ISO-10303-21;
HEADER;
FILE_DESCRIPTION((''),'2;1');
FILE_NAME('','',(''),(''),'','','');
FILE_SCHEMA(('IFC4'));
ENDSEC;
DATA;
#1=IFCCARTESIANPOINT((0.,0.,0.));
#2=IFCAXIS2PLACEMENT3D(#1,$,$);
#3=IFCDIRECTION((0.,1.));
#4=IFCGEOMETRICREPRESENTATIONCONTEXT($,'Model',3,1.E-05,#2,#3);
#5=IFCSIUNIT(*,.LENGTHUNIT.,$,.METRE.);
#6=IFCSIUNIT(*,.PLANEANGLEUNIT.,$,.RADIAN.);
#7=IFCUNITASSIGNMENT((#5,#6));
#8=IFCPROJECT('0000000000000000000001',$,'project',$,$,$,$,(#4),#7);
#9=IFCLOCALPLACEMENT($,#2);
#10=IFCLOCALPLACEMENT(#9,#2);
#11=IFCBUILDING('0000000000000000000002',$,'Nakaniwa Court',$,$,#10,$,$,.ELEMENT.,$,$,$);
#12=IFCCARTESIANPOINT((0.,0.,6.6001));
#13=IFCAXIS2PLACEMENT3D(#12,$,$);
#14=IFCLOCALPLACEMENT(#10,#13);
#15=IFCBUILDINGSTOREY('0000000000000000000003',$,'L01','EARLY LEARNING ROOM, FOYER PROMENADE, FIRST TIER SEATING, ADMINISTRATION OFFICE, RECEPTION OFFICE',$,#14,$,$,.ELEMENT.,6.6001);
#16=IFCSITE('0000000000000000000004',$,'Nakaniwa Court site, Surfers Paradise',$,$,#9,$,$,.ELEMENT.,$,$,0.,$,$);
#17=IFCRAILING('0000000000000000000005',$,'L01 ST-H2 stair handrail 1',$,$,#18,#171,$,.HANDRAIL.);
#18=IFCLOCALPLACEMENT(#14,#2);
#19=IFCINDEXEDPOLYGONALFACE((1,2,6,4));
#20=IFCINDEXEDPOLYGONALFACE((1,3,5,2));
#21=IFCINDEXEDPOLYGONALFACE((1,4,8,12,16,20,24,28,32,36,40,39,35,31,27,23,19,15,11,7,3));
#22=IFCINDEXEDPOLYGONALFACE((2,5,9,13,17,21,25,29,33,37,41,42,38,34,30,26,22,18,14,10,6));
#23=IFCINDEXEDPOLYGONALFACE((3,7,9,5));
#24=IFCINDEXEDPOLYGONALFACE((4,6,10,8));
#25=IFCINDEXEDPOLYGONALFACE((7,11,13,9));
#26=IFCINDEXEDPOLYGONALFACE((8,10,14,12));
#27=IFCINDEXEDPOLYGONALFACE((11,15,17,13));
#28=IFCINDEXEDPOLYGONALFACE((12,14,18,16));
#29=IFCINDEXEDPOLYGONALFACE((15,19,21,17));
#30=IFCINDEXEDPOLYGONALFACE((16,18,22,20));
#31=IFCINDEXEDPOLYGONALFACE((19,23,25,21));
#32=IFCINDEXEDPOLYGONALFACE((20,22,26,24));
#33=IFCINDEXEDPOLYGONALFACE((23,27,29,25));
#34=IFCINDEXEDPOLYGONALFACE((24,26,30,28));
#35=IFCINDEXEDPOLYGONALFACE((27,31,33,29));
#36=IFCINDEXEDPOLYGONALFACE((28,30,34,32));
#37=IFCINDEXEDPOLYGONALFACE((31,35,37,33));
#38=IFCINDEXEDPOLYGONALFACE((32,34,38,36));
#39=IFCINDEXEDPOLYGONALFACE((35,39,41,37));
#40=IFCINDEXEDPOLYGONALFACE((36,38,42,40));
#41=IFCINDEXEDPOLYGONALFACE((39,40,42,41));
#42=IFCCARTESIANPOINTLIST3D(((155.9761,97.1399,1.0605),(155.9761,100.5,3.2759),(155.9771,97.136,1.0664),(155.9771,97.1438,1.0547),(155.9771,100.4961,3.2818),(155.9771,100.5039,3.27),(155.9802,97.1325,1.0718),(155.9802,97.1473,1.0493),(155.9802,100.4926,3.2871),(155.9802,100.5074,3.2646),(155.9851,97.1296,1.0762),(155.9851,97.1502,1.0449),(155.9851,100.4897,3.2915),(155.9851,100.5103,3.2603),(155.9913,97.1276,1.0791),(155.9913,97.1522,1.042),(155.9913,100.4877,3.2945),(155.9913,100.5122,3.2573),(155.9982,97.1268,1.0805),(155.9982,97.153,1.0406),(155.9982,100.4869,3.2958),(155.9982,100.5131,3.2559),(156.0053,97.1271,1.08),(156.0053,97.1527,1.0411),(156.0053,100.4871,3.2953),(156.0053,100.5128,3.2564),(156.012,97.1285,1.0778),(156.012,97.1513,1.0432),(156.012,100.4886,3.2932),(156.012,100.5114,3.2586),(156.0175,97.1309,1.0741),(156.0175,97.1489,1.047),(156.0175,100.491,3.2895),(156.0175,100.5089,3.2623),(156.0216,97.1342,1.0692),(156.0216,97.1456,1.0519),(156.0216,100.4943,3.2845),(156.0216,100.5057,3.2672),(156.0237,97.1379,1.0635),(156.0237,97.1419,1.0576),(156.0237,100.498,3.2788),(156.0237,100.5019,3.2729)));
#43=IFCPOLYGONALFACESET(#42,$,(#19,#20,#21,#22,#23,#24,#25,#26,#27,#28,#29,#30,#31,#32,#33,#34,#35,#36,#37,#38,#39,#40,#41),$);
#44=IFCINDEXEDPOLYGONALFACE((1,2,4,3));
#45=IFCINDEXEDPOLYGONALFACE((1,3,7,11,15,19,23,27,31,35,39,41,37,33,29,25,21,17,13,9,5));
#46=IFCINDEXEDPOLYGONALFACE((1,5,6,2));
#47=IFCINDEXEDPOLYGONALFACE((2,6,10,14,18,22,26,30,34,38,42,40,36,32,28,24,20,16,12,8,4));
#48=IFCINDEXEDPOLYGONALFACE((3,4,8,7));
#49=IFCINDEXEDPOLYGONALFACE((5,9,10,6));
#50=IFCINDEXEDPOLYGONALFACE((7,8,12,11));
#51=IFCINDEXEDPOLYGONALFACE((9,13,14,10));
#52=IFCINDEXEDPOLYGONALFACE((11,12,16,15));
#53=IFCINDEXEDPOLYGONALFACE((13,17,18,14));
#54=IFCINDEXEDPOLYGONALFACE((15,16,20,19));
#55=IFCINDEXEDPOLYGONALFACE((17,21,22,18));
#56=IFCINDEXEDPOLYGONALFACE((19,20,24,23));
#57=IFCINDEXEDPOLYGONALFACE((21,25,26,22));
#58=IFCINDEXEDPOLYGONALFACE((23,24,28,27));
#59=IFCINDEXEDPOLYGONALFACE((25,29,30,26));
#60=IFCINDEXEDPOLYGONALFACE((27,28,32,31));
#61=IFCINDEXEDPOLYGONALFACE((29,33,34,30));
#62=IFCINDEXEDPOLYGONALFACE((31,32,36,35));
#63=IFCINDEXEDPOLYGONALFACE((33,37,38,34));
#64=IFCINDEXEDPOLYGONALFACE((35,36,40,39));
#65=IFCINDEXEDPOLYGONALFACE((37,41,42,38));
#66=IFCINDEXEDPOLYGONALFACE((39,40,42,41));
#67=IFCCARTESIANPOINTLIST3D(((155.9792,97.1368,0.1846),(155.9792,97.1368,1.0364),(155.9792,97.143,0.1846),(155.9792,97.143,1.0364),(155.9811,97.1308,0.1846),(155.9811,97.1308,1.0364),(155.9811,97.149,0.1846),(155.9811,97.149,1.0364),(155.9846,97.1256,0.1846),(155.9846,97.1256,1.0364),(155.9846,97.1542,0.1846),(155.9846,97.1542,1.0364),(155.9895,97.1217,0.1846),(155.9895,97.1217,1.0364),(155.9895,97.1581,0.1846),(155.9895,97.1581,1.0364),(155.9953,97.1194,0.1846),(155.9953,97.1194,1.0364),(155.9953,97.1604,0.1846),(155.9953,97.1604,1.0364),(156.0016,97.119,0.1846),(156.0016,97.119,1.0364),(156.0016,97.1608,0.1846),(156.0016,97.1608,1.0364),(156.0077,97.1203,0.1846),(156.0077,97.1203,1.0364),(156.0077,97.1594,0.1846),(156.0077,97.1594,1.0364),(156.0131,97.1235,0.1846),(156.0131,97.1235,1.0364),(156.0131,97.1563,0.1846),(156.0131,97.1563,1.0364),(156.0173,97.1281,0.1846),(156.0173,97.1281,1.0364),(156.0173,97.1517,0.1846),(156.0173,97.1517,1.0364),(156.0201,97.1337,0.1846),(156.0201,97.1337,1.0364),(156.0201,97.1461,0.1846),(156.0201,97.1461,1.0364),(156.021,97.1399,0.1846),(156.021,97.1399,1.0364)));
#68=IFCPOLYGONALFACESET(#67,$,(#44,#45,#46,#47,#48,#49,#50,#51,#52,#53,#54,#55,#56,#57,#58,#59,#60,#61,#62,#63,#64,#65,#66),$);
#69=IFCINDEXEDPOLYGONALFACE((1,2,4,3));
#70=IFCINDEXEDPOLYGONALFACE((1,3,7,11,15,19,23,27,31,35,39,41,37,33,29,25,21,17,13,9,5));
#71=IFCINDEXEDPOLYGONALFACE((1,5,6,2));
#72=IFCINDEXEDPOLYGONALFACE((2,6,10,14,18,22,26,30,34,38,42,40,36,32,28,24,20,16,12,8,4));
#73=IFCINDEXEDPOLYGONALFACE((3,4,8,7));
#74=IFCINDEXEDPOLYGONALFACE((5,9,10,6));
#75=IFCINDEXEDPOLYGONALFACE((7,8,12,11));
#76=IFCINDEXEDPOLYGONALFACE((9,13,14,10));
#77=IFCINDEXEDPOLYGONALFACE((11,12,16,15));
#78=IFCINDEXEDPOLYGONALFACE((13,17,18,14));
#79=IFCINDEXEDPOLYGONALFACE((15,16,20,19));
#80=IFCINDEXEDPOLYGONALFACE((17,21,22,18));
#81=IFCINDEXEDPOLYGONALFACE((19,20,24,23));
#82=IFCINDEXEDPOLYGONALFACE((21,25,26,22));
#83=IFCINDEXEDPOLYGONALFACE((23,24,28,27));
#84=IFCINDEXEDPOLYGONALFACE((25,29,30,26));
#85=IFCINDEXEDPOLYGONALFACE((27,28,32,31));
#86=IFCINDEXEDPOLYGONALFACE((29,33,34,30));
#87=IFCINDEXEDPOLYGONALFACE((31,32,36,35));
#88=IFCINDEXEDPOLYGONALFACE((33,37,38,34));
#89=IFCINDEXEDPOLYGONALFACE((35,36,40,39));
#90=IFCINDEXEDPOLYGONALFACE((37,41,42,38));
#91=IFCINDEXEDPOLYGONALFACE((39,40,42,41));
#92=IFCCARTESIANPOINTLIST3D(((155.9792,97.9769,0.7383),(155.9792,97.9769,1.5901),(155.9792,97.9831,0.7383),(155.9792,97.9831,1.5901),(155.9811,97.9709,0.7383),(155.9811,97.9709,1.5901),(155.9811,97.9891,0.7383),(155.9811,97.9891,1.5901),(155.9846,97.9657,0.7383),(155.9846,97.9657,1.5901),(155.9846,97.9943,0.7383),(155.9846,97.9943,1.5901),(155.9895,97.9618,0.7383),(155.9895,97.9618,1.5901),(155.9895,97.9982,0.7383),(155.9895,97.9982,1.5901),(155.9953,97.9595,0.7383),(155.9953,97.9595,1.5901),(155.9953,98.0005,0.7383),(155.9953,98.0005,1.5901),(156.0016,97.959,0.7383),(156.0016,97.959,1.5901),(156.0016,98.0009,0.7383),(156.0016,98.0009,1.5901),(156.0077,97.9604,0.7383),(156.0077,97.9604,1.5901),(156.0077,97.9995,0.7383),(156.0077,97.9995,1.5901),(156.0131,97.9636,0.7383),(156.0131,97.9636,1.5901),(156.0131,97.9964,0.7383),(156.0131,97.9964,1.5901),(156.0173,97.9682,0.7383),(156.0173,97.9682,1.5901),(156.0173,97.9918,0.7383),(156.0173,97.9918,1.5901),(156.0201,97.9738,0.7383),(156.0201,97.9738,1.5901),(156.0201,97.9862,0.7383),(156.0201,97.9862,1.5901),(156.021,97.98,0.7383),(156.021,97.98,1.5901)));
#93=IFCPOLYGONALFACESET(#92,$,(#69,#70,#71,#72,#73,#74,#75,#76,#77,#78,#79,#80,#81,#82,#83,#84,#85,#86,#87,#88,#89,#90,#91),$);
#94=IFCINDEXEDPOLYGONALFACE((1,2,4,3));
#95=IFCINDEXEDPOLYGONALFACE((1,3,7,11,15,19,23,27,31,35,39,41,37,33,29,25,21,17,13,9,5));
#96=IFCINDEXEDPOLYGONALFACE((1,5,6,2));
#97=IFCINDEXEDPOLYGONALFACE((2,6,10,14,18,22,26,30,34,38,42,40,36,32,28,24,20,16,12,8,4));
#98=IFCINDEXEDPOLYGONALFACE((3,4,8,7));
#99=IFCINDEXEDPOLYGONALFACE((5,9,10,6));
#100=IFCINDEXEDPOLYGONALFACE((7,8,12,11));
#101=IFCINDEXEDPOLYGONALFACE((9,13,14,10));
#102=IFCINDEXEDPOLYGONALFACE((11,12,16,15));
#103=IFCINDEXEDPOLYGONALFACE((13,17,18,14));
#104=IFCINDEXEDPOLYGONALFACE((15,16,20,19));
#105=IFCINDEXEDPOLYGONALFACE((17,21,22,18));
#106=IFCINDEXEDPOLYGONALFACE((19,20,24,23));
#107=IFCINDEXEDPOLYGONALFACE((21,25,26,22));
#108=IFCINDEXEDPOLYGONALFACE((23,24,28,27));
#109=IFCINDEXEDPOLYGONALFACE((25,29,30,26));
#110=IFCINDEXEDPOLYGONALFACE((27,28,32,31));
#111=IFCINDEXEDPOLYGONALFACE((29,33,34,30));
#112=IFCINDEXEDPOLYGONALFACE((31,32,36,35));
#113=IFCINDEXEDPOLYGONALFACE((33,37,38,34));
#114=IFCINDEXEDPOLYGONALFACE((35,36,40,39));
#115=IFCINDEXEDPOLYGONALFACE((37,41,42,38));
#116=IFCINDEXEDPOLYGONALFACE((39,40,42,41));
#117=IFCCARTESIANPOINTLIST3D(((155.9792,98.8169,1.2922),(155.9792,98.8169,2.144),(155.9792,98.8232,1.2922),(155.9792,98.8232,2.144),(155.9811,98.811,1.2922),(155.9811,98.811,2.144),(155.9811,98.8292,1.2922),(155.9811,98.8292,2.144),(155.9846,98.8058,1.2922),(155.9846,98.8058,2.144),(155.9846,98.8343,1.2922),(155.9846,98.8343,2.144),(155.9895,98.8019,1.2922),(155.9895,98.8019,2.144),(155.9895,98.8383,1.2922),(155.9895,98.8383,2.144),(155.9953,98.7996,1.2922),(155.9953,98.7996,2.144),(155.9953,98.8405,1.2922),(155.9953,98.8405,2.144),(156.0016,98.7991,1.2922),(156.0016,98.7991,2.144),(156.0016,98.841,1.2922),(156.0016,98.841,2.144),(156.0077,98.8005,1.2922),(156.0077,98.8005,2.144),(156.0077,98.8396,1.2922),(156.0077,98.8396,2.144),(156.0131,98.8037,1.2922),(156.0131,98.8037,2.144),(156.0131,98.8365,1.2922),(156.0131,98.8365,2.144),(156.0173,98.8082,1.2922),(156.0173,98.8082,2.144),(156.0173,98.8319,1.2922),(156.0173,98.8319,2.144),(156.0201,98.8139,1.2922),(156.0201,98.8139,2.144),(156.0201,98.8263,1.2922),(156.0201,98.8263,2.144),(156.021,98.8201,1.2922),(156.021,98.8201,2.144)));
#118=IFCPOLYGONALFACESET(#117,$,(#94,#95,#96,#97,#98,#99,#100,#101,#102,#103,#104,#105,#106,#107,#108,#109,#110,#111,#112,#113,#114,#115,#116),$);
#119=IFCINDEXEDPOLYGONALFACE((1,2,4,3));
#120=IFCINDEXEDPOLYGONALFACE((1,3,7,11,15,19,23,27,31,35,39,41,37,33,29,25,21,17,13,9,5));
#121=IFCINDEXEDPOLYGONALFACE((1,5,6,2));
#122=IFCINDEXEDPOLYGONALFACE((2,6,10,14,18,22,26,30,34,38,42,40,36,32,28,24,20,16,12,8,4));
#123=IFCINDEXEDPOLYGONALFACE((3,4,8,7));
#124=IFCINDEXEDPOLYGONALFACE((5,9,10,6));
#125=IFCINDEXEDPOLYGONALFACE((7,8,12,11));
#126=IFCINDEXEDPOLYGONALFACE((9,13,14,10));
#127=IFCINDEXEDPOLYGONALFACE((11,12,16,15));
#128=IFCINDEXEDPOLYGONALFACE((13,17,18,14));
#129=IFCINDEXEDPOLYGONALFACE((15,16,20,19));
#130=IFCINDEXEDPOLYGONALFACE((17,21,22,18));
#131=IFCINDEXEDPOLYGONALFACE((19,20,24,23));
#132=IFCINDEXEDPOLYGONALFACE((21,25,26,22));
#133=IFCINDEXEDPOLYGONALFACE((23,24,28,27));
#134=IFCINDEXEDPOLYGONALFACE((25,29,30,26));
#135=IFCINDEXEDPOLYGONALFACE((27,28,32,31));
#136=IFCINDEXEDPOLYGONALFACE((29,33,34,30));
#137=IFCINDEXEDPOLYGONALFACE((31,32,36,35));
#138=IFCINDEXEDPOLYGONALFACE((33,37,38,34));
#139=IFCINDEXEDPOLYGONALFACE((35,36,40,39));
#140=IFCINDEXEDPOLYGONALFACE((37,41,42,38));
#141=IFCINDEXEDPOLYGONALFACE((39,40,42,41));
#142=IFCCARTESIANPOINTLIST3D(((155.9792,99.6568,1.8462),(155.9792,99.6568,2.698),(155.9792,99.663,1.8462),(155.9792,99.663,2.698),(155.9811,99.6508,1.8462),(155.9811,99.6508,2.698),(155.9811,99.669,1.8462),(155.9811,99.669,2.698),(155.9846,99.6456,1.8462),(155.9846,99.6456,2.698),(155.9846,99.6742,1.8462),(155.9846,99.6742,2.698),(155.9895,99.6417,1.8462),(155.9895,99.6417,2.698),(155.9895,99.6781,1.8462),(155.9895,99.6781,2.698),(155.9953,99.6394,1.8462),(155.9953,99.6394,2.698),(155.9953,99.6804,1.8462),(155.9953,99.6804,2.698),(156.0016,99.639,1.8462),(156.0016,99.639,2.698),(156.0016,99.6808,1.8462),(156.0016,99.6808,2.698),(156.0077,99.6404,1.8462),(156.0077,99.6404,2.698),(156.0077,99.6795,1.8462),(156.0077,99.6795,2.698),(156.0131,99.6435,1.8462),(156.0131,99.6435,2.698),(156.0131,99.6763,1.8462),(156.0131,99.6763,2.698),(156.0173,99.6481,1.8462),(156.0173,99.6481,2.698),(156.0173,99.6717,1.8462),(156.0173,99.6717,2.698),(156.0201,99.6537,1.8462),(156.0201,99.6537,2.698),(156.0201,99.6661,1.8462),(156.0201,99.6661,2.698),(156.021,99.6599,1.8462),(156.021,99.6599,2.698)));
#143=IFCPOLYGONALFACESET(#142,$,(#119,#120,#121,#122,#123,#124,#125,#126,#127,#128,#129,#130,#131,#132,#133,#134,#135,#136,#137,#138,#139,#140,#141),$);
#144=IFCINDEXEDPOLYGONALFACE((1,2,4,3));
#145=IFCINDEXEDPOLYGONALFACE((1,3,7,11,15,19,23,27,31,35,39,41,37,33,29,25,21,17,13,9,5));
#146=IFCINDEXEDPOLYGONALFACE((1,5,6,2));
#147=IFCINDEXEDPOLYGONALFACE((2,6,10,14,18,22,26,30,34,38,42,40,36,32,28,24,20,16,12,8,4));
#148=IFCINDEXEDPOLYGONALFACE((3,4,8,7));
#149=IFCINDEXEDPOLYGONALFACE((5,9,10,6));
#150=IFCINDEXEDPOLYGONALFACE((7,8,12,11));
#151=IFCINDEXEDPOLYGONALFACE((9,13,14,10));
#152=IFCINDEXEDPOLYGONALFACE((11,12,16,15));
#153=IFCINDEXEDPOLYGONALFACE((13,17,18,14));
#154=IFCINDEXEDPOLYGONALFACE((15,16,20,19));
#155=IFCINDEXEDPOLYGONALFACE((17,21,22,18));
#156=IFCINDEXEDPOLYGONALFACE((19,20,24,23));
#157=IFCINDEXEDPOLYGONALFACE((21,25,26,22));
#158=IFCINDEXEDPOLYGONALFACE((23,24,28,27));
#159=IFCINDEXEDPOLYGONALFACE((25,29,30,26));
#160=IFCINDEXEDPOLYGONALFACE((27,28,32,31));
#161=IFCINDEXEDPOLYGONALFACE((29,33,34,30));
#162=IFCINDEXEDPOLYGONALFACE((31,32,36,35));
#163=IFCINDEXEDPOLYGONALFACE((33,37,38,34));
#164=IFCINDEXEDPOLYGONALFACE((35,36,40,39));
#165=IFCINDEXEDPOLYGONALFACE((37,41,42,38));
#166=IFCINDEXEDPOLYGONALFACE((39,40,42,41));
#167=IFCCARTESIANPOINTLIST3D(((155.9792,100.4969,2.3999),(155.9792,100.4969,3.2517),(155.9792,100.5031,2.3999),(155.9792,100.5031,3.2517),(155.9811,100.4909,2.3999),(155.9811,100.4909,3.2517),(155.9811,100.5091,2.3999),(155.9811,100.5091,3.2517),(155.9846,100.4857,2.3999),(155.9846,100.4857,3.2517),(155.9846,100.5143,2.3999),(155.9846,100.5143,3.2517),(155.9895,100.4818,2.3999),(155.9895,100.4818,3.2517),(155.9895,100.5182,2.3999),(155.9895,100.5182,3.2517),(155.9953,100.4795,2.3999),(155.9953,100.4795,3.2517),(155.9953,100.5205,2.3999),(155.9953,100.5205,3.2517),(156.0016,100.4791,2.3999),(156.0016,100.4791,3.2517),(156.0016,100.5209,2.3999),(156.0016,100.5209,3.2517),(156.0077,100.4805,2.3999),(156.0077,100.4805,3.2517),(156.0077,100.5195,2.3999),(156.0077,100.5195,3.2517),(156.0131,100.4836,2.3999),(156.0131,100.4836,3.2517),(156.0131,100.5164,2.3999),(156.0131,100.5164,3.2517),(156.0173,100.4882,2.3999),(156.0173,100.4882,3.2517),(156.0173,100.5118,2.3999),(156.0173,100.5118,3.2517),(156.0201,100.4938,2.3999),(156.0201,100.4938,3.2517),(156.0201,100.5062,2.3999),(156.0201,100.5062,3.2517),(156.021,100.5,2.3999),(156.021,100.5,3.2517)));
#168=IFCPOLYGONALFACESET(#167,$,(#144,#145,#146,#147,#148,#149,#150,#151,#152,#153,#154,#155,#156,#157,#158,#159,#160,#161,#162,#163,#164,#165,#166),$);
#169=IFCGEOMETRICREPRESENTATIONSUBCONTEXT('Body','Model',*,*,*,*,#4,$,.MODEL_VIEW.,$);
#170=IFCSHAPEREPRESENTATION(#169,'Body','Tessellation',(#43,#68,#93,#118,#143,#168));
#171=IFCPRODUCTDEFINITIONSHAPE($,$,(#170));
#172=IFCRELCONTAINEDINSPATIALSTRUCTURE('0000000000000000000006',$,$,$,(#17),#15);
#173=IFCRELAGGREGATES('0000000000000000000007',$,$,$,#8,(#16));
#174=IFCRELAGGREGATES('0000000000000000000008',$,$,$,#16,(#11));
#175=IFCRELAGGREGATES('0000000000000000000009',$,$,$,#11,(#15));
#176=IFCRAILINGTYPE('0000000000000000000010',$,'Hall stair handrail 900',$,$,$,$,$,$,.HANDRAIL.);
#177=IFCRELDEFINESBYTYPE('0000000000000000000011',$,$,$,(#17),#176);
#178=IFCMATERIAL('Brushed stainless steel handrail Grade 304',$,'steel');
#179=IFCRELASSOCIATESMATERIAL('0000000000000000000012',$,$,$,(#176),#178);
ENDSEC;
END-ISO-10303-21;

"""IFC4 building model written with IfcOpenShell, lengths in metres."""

from ifc_helpers import new_model, si_unit, direction, frame, origin, origin_2d, place, context, subcontext, project, spatial, circle, extrude, material, type_object, element, save


model = new_model("IFC4")

# Units and contexts
model_context = context("Model", 3, precision=1e-05, world=origin(), true_north=direction((0.0, 1.0)))
body_context = subcontext(model_context, "Body", "Model", "MODEL_VIEW")
ifc_project = project(units=[si_unit("LENGTHUNIT", "METRE"), si_unit("PLANEANGLEUNIT", "RADIAN")], contexts=[model_context])

# Site, building, storey
site_placement = place(None, origin())
site = spatial("IfcSite", under=ifc_project, at=site_placement, Name="Nakaniwa Court site, Surfers Paradise", CompositionType="ELEMENT", RefElevation=0.0)
building_placement = place(site_placement, origin())
building = spatial("IfcBuilding", under=site, at=building_placement, Name="Nakaniwa Court", CompositionType="ELEMENT")
storey_placement = place(building_placement, frame((0.0, 0.0, 6.6001)))
storey = spatial("IfcBuildingStorey", under=building, at=storey_placement, Name="L01", Description="EARLY LEARNING ROOM, FOYER PROMENADE, FIRST TIER SEATING, ADMINISTRATION OFFICE, RECEPTION OFFICE", CompositionType="ELEMENT", Elevation=6.6001)

# Railing
ifc_material_1 = material(Name="Brushed stainless steel handrail Grade 304", Category="steel")
railing_type_1 = type_object("IfcRailingType", Name="Hall stair handrail 900", PredefinedType="HANDRAIL", material=ifc_material_1)
railing_1_placement = place(storey_placement, frame((156.0, 97.1399, 0.1846)))
element("IfcRailing", 1, at=railing_1_placement, inside=storey, type_object=railing_type_1, Name="L01 ST-H2 stair handrail 1", PredefinedType="HANDRAIL", context=body_context, shape_type="SweptSolid", body=[
    extrude(circle(Radius=0.0239, at=origin_2d()), frame((0.0, 0.0, 0.876), z_axis=(0.0, 0.834876, 0.550437), x_axis=(-1.0, 0.0, 0.0)), (0.0, 0.0, 1.0), 4.0247),
    extrude(circle(Radius=0.021, at=origin_2d()), origin(), (0.0, 0.0, 1.0), 0.8518),
    extrude(circle(Radius=0.021, at=origin_2d()), frame((0.0, 0.8401, 0.5537)), (0.0, 0.0, 1.0), 0.8518),
    extrude(circle(Radius=0.021, at=origin_2d()), frame((0.0, 1.6802, 1.1077)), (0.0, 0.0, 1.0), 0.8518),
    extrude(circle(Radius=0.021, at=origin_2d()), frame((0.0, 2.52, 1.6616)), (0.0, 0.0, 1.0), 0.8518),
    extrude(circle(Radius=0.021, at=origin_2d()), frame((0.0, 3.3601, 2.2153)), (0.0, 0.0, 1.0), 0.8518),
])

save(model, "model.ifc")
